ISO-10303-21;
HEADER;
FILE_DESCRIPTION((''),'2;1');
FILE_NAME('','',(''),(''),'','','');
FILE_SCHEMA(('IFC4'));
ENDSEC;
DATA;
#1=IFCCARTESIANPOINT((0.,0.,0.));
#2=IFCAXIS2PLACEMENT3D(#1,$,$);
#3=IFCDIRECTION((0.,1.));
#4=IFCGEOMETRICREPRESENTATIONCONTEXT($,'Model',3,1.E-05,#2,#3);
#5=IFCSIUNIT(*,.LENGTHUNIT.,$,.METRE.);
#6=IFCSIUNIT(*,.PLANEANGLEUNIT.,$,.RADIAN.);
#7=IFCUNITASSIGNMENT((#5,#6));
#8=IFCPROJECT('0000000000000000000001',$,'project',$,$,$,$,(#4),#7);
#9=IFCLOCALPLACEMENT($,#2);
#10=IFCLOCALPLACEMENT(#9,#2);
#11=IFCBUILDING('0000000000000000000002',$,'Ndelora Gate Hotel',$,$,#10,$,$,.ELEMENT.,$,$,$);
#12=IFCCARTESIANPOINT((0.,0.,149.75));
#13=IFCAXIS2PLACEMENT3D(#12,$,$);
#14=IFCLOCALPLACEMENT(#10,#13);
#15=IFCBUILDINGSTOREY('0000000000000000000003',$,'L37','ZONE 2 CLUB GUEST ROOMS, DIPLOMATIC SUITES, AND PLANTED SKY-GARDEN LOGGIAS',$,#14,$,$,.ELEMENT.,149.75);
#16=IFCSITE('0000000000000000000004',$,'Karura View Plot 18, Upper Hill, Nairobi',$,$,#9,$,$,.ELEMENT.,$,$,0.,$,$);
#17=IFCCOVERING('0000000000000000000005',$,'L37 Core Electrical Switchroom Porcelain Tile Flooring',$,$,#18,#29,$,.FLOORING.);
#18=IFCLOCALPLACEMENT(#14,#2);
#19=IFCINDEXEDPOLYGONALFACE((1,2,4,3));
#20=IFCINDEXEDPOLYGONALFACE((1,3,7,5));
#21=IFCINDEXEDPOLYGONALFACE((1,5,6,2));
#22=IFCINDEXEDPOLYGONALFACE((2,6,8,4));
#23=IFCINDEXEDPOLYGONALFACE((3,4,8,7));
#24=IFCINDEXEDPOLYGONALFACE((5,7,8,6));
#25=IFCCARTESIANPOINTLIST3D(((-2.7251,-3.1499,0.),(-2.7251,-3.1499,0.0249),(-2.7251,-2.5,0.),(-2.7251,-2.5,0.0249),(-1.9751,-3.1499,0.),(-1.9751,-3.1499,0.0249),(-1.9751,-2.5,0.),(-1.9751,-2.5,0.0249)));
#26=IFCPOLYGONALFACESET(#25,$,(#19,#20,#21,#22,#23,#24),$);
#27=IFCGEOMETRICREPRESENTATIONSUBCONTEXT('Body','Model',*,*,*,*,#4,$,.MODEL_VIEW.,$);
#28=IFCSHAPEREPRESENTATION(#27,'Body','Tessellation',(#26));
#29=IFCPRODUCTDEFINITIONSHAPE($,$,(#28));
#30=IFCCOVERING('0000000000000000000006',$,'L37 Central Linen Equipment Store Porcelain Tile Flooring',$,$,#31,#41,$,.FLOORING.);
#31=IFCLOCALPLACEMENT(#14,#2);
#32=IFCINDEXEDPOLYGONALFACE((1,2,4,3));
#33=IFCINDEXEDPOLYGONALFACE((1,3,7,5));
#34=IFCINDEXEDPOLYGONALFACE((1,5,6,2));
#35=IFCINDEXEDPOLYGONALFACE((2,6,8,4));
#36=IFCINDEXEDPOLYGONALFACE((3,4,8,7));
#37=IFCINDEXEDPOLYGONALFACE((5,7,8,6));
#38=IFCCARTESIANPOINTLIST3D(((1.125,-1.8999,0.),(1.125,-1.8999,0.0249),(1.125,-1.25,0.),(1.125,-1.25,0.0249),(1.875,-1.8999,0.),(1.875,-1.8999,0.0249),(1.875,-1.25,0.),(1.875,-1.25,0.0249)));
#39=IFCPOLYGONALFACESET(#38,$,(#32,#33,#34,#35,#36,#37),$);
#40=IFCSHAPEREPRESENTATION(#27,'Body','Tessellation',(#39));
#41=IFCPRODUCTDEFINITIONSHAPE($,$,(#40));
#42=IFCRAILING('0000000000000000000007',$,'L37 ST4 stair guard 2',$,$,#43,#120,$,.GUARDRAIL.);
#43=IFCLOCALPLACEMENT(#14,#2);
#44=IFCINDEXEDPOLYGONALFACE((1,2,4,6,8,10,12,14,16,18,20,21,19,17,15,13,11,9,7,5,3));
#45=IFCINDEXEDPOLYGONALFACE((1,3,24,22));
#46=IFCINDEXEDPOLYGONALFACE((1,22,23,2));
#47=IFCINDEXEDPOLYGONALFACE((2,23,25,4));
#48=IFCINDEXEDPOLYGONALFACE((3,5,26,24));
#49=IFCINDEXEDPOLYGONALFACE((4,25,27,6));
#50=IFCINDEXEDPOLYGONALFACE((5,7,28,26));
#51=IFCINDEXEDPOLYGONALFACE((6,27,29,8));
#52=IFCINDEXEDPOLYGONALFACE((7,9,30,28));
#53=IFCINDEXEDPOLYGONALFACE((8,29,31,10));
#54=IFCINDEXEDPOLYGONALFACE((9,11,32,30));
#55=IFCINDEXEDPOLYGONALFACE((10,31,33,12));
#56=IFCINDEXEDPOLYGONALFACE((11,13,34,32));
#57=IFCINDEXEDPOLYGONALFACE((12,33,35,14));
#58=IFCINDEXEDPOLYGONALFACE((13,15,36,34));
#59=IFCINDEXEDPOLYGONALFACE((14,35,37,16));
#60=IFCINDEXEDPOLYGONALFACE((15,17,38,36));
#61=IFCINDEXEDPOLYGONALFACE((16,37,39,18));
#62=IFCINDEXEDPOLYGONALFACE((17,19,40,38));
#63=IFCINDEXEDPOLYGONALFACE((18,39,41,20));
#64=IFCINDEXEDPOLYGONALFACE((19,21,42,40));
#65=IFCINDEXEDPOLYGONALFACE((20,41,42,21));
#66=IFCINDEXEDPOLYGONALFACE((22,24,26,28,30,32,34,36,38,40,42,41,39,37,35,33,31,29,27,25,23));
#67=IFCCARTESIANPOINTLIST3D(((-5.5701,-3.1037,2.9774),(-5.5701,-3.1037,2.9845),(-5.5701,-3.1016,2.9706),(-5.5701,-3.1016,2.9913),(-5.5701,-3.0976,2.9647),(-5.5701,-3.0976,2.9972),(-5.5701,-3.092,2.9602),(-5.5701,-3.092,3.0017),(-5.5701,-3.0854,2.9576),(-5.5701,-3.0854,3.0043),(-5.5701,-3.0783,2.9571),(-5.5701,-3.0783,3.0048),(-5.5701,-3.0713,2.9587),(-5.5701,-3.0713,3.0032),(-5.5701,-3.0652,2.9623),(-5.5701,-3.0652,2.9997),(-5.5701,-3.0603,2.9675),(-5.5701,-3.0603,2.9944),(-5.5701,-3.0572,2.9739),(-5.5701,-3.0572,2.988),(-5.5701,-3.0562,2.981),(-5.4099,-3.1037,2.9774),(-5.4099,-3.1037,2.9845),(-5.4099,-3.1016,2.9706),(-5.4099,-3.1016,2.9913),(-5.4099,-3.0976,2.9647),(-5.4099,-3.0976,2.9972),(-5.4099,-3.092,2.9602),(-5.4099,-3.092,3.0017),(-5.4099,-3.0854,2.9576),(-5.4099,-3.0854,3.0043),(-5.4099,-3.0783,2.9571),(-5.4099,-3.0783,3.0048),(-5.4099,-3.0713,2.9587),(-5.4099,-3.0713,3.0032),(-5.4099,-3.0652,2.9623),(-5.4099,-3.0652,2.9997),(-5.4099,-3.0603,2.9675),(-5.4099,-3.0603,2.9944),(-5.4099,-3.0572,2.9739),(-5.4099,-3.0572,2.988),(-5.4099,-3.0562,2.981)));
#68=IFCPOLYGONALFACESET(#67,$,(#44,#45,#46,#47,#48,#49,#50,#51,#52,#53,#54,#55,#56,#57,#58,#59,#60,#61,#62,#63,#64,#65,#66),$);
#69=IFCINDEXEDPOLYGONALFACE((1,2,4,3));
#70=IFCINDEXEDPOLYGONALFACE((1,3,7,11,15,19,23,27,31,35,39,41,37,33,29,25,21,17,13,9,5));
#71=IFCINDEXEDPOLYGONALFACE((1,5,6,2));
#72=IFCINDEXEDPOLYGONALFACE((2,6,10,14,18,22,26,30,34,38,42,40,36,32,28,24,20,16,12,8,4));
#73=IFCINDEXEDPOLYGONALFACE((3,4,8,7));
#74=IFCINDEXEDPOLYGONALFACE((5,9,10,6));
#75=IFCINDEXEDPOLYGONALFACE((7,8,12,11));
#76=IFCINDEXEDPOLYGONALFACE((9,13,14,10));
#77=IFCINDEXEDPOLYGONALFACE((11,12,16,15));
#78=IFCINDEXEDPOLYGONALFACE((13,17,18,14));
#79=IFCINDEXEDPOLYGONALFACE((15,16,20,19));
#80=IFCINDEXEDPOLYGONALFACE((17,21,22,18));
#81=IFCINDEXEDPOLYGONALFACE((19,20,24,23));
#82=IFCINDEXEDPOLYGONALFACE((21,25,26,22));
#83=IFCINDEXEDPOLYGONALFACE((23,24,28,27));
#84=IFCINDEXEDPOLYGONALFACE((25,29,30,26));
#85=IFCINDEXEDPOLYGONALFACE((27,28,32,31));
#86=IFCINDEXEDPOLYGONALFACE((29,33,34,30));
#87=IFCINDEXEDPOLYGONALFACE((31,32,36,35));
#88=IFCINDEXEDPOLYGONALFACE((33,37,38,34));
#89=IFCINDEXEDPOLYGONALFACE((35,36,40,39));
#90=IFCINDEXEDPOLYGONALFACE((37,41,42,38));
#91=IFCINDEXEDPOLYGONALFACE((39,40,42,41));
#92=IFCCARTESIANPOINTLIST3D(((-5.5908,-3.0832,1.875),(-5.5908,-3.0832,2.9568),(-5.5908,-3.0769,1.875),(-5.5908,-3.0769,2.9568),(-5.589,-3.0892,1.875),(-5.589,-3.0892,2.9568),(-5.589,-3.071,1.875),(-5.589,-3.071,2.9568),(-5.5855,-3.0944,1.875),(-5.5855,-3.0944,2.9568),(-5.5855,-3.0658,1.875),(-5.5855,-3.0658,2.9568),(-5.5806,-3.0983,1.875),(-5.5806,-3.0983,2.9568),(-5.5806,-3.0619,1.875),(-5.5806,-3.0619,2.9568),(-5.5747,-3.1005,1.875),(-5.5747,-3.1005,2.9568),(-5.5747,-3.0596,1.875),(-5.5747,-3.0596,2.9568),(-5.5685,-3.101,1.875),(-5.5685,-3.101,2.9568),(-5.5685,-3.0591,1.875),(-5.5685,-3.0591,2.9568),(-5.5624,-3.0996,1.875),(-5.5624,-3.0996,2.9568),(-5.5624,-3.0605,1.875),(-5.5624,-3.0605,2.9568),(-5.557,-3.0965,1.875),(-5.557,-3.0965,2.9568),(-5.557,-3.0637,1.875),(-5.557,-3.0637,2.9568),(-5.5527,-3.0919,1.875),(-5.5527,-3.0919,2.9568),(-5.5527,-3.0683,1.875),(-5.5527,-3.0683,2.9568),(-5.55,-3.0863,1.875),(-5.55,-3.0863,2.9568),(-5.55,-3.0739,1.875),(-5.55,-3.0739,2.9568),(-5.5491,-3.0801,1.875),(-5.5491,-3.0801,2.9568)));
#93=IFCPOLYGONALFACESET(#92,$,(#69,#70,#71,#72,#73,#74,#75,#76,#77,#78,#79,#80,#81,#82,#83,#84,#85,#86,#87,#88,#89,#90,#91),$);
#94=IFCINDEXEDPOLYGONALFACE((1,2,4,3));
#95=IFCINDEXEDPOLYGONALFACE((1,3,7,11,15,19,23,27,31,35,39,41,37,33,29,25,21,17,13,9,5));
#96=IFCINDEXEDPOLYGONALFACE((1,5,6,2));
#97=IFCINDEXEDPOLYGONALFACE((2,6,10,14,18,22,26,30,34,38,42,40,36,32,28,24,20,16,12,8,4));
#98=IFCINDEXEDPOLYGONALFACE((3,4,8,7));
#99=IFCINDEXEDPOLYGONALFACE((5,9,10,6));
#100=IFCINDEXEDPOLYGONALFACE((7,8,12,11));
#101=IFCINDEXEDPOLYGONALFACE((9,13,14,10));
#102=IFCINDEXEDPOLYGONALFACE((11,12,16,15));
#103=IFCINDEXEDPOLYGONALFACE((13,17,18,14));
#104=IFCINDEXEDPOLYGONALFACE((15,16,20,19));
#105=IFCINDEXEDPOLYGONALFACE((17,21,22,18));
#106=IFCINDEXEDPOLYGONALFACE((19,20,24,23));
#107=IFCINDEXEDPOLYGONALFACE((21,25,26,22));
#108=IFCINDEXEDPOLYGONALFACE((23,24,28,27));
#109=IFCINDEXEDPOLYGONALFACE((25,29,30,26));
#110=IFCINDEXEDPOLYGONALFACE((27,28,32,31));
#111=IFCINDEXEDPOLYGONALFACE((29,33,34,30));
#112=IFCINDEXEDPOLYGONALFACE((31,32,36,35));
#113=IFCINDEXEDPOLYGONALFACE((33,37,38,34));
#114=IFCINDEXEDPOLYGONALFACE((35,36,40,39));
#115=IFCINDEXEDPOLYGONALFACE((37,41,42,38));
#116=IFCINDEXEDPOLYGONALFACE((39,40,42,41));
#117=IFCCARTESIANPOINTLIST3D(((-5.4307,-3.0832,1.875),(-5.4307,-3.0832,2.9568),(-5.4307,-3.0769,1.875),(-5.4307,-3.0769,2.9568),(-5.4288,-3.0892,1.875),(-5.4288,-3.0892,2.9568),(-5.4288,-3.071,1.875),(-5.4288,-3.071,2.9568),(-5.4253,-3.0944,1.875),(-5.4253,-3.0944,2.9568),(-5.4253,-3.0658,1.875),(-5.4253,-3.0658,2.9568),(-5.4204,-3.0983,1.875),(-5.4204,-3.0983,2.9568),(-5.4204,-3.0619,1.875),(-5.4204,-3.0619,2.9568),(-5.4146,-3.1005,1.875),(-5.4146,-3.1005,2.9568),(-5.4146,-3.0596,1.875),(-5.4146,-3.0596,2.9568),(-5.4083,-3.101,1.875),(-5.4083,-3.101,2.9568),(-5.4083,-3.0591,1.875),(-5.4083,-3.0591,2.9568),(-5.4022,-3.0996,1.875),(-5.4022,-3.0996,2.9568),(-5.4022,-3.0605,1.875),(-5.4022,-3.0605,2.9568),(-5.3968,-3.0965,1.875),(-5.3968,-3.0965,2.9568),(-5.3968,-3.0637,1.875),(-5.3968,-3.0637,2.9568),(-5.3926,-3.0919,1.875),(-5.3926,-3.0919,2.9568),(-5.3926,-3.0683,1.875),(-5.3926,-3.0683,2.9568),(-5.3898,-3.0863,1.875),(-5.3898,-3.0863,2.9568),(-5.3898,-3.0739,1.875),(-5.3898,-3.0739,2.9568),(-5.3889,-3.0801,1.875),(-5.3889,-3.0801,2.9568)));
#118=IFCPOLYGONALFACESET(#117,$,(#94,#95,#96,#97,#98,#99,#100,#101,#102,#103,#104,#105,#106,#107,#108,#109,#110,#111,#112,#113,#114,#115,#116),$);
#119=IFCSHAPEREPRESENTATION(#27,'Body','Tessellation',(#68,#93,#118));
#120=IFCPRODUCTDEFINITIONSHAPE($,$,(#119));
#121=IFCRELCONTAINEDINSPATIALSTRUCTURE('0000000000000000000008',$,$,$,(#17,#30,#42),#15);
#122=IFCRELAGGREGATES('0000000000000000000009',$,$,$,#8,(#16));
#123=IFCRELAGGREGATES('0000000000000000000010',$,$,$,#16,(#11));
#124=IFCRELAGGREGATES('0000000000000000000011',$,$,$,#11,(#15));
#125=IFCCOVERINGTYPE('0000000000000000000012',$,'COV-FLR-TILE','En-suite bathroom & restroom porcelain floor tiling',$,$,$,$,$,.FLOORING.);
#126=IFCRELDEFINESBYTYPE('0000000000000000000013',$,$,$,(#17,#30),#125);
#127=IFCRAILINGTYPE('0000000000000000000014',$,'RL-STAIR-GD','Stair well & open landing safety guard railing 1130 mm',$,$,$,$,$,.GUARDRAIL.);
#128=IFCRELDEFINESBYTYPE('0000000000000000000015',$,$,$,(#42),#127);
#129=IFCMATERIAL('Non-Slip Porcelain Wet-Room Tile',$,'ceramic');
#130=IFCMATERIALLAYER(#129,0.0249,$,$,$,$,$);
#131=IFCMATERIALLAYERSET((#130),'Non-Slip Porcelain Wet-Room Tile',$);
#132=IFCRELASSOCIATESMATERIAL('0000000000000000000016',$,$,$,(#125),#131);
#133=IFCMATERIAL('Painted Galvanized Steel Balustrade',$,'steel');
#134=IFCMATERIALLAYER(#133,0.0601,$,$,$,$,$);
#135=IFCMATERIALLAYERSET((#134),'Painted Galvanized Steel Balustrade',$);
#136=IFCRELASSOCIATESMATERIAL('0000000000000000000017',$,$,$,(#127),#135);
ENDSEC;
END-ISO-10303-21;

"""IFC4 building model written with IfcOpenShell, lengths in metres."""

from ifc_helpers import new_model, si_unit, direction, frame, origin, origin_2d, place, context, subcontext, project, spatial, rectangle, circle, extrude, material, layer, layer_set, type_object, element, save


model = new_model("IFC4")

# Units and contexts
model_context = context("Model", 3, precision=1e-05, world=origin(), true_north=direction((0.0, 1.0)))
body_context = subcontext(model_context, "Body", "Model", "MODEL_VIEW")
ifc_project = project(units=[si_unit("LENGTHUNIT", "METRE"), si_unit("PLANEANGLEUNIT", "RADIAN")], contexts=[model_context])

# Site, building, storey
site_placement = place(None, origin())
site = spatial("IfcSite", under=ifc_project, at=site_placement, Name="Karura View Plot 18, Upper Hill, Nairobi", CompositionType="ELEMENT", RefElevation=0.0)
building_placement = place(site_placement, origin())
building = spatial("IfcBuilding", under=site, at=building_placement, Name="Ndelora Gate Hotel", CompositionType="ELEMENT")
storey_placement = place(building_placement, frame((0.0, 0.0, 149.75)))
storey = spatial("IfcBuildingStorey", under=building, at=storey_placement, Name="L37", Description="ZONE 2 CLUB GUEST ROOMS, DIPLOMATIC SUITES, AND PLANTED SKY-GARDEN LOGGIAS", CompositionType="ELEMENT", Elevation=149.75)

# Coverings
ifc_material_1 = material(Name="Non-Slip Porcelain Wet-Room Tile", Category="ceramic")
ifc_layer_1 = layer(ifc_material_1, 0.0249)
ifc_layer_set_1 = layer_set([ifc_layer_1], Name="Non-Slip Porcelain Wet-Room Tile")
covering_type = type_object("IfcCoveringType", Name="COV-FLR-TILE", Description="En-suite bathroom & restroom porcelain floor tiling", PredefinedType="FLOORING", material=ifc_layer_set_1)
for number, where, z_axis, x_axis, name in (
    (1, (-2.3501, -2.825, 0.0), (0.0, 0.0, 1.0), (1.0, 0.0, 0.0), "L37 Core Electrical Switchroom Porcelain Tile Flooring"),
    (2, (1.5, -1.575, 0.0), (0.0, 0.0, 1.0), (1.0, 0.0, 0.0), "L37 Central Linen Equipment Store Porcelain Tile Flooring"),
):
    element("IfcCovering", number, at=place(storey_placement, frame(where, z_axis=z_axis, x_axis=x_axis)), inside=storey, type_object=covering_type, Name=name, PredefinedType="FLOORING", context=body_context, shape_type="SweptSolid", body=[
        extrude(rectangle(XDim=0.75, YDim=0.6499, at=origin_2d()), origin(), (0.0, 0.0, 1.0), 0.0249),
    ])

# Railing
ifc_material_2 = material(Name="Painted Galvanized Steel Balustrade", Category="steel")
ifc_layer_2 = layer(ifc_material_2, 0.0601)
ifc_layer_set_2 = layer_set([ifc_layer_2], Name="Painted Galvanized Steel Balustrade")
railing_type_1 = type_object("IfcRailingType", Name="RL-STAIR-GD", Description="Stair well & open landing safety guard railing 1130 mm", PredefinedType="GUARDRAIL", material=ifc_layer_set_2)
railing_1_placement = place(storey_placement, frame((-5.5701, -3.0801, 1.875)))
element("IfcRailing", 3, at=railing_1_placement, inside=storey, type_object=railing_type_1, Name="L37 ST4 stair guard 2", PredefinedType="GUARDRAIL", context=body_context, shape_type="SweptSolid", body=[
    extrude(circle(Radius=0.0239, at=origin_2d()), frame((0.0, 0.0, 1.106), z_axis=(1.0, 0.0, 0.0), x_axis=(0.0, 1.0, 0.0)), (0.0, 0.0, 1.0), 0.1602),
    extrude(circle(Radius=0.021, at=origin_2d()), origin(), (0.0, 0.0, 1.0), 1.0818),
    extrude(circle(Radius=0.021, at=origin_2d()), frame((0.1602, 0.0, 0.0)), (0.0, 0.0, 1.0), 1.0818),
])

save(model, "model.ifc")
